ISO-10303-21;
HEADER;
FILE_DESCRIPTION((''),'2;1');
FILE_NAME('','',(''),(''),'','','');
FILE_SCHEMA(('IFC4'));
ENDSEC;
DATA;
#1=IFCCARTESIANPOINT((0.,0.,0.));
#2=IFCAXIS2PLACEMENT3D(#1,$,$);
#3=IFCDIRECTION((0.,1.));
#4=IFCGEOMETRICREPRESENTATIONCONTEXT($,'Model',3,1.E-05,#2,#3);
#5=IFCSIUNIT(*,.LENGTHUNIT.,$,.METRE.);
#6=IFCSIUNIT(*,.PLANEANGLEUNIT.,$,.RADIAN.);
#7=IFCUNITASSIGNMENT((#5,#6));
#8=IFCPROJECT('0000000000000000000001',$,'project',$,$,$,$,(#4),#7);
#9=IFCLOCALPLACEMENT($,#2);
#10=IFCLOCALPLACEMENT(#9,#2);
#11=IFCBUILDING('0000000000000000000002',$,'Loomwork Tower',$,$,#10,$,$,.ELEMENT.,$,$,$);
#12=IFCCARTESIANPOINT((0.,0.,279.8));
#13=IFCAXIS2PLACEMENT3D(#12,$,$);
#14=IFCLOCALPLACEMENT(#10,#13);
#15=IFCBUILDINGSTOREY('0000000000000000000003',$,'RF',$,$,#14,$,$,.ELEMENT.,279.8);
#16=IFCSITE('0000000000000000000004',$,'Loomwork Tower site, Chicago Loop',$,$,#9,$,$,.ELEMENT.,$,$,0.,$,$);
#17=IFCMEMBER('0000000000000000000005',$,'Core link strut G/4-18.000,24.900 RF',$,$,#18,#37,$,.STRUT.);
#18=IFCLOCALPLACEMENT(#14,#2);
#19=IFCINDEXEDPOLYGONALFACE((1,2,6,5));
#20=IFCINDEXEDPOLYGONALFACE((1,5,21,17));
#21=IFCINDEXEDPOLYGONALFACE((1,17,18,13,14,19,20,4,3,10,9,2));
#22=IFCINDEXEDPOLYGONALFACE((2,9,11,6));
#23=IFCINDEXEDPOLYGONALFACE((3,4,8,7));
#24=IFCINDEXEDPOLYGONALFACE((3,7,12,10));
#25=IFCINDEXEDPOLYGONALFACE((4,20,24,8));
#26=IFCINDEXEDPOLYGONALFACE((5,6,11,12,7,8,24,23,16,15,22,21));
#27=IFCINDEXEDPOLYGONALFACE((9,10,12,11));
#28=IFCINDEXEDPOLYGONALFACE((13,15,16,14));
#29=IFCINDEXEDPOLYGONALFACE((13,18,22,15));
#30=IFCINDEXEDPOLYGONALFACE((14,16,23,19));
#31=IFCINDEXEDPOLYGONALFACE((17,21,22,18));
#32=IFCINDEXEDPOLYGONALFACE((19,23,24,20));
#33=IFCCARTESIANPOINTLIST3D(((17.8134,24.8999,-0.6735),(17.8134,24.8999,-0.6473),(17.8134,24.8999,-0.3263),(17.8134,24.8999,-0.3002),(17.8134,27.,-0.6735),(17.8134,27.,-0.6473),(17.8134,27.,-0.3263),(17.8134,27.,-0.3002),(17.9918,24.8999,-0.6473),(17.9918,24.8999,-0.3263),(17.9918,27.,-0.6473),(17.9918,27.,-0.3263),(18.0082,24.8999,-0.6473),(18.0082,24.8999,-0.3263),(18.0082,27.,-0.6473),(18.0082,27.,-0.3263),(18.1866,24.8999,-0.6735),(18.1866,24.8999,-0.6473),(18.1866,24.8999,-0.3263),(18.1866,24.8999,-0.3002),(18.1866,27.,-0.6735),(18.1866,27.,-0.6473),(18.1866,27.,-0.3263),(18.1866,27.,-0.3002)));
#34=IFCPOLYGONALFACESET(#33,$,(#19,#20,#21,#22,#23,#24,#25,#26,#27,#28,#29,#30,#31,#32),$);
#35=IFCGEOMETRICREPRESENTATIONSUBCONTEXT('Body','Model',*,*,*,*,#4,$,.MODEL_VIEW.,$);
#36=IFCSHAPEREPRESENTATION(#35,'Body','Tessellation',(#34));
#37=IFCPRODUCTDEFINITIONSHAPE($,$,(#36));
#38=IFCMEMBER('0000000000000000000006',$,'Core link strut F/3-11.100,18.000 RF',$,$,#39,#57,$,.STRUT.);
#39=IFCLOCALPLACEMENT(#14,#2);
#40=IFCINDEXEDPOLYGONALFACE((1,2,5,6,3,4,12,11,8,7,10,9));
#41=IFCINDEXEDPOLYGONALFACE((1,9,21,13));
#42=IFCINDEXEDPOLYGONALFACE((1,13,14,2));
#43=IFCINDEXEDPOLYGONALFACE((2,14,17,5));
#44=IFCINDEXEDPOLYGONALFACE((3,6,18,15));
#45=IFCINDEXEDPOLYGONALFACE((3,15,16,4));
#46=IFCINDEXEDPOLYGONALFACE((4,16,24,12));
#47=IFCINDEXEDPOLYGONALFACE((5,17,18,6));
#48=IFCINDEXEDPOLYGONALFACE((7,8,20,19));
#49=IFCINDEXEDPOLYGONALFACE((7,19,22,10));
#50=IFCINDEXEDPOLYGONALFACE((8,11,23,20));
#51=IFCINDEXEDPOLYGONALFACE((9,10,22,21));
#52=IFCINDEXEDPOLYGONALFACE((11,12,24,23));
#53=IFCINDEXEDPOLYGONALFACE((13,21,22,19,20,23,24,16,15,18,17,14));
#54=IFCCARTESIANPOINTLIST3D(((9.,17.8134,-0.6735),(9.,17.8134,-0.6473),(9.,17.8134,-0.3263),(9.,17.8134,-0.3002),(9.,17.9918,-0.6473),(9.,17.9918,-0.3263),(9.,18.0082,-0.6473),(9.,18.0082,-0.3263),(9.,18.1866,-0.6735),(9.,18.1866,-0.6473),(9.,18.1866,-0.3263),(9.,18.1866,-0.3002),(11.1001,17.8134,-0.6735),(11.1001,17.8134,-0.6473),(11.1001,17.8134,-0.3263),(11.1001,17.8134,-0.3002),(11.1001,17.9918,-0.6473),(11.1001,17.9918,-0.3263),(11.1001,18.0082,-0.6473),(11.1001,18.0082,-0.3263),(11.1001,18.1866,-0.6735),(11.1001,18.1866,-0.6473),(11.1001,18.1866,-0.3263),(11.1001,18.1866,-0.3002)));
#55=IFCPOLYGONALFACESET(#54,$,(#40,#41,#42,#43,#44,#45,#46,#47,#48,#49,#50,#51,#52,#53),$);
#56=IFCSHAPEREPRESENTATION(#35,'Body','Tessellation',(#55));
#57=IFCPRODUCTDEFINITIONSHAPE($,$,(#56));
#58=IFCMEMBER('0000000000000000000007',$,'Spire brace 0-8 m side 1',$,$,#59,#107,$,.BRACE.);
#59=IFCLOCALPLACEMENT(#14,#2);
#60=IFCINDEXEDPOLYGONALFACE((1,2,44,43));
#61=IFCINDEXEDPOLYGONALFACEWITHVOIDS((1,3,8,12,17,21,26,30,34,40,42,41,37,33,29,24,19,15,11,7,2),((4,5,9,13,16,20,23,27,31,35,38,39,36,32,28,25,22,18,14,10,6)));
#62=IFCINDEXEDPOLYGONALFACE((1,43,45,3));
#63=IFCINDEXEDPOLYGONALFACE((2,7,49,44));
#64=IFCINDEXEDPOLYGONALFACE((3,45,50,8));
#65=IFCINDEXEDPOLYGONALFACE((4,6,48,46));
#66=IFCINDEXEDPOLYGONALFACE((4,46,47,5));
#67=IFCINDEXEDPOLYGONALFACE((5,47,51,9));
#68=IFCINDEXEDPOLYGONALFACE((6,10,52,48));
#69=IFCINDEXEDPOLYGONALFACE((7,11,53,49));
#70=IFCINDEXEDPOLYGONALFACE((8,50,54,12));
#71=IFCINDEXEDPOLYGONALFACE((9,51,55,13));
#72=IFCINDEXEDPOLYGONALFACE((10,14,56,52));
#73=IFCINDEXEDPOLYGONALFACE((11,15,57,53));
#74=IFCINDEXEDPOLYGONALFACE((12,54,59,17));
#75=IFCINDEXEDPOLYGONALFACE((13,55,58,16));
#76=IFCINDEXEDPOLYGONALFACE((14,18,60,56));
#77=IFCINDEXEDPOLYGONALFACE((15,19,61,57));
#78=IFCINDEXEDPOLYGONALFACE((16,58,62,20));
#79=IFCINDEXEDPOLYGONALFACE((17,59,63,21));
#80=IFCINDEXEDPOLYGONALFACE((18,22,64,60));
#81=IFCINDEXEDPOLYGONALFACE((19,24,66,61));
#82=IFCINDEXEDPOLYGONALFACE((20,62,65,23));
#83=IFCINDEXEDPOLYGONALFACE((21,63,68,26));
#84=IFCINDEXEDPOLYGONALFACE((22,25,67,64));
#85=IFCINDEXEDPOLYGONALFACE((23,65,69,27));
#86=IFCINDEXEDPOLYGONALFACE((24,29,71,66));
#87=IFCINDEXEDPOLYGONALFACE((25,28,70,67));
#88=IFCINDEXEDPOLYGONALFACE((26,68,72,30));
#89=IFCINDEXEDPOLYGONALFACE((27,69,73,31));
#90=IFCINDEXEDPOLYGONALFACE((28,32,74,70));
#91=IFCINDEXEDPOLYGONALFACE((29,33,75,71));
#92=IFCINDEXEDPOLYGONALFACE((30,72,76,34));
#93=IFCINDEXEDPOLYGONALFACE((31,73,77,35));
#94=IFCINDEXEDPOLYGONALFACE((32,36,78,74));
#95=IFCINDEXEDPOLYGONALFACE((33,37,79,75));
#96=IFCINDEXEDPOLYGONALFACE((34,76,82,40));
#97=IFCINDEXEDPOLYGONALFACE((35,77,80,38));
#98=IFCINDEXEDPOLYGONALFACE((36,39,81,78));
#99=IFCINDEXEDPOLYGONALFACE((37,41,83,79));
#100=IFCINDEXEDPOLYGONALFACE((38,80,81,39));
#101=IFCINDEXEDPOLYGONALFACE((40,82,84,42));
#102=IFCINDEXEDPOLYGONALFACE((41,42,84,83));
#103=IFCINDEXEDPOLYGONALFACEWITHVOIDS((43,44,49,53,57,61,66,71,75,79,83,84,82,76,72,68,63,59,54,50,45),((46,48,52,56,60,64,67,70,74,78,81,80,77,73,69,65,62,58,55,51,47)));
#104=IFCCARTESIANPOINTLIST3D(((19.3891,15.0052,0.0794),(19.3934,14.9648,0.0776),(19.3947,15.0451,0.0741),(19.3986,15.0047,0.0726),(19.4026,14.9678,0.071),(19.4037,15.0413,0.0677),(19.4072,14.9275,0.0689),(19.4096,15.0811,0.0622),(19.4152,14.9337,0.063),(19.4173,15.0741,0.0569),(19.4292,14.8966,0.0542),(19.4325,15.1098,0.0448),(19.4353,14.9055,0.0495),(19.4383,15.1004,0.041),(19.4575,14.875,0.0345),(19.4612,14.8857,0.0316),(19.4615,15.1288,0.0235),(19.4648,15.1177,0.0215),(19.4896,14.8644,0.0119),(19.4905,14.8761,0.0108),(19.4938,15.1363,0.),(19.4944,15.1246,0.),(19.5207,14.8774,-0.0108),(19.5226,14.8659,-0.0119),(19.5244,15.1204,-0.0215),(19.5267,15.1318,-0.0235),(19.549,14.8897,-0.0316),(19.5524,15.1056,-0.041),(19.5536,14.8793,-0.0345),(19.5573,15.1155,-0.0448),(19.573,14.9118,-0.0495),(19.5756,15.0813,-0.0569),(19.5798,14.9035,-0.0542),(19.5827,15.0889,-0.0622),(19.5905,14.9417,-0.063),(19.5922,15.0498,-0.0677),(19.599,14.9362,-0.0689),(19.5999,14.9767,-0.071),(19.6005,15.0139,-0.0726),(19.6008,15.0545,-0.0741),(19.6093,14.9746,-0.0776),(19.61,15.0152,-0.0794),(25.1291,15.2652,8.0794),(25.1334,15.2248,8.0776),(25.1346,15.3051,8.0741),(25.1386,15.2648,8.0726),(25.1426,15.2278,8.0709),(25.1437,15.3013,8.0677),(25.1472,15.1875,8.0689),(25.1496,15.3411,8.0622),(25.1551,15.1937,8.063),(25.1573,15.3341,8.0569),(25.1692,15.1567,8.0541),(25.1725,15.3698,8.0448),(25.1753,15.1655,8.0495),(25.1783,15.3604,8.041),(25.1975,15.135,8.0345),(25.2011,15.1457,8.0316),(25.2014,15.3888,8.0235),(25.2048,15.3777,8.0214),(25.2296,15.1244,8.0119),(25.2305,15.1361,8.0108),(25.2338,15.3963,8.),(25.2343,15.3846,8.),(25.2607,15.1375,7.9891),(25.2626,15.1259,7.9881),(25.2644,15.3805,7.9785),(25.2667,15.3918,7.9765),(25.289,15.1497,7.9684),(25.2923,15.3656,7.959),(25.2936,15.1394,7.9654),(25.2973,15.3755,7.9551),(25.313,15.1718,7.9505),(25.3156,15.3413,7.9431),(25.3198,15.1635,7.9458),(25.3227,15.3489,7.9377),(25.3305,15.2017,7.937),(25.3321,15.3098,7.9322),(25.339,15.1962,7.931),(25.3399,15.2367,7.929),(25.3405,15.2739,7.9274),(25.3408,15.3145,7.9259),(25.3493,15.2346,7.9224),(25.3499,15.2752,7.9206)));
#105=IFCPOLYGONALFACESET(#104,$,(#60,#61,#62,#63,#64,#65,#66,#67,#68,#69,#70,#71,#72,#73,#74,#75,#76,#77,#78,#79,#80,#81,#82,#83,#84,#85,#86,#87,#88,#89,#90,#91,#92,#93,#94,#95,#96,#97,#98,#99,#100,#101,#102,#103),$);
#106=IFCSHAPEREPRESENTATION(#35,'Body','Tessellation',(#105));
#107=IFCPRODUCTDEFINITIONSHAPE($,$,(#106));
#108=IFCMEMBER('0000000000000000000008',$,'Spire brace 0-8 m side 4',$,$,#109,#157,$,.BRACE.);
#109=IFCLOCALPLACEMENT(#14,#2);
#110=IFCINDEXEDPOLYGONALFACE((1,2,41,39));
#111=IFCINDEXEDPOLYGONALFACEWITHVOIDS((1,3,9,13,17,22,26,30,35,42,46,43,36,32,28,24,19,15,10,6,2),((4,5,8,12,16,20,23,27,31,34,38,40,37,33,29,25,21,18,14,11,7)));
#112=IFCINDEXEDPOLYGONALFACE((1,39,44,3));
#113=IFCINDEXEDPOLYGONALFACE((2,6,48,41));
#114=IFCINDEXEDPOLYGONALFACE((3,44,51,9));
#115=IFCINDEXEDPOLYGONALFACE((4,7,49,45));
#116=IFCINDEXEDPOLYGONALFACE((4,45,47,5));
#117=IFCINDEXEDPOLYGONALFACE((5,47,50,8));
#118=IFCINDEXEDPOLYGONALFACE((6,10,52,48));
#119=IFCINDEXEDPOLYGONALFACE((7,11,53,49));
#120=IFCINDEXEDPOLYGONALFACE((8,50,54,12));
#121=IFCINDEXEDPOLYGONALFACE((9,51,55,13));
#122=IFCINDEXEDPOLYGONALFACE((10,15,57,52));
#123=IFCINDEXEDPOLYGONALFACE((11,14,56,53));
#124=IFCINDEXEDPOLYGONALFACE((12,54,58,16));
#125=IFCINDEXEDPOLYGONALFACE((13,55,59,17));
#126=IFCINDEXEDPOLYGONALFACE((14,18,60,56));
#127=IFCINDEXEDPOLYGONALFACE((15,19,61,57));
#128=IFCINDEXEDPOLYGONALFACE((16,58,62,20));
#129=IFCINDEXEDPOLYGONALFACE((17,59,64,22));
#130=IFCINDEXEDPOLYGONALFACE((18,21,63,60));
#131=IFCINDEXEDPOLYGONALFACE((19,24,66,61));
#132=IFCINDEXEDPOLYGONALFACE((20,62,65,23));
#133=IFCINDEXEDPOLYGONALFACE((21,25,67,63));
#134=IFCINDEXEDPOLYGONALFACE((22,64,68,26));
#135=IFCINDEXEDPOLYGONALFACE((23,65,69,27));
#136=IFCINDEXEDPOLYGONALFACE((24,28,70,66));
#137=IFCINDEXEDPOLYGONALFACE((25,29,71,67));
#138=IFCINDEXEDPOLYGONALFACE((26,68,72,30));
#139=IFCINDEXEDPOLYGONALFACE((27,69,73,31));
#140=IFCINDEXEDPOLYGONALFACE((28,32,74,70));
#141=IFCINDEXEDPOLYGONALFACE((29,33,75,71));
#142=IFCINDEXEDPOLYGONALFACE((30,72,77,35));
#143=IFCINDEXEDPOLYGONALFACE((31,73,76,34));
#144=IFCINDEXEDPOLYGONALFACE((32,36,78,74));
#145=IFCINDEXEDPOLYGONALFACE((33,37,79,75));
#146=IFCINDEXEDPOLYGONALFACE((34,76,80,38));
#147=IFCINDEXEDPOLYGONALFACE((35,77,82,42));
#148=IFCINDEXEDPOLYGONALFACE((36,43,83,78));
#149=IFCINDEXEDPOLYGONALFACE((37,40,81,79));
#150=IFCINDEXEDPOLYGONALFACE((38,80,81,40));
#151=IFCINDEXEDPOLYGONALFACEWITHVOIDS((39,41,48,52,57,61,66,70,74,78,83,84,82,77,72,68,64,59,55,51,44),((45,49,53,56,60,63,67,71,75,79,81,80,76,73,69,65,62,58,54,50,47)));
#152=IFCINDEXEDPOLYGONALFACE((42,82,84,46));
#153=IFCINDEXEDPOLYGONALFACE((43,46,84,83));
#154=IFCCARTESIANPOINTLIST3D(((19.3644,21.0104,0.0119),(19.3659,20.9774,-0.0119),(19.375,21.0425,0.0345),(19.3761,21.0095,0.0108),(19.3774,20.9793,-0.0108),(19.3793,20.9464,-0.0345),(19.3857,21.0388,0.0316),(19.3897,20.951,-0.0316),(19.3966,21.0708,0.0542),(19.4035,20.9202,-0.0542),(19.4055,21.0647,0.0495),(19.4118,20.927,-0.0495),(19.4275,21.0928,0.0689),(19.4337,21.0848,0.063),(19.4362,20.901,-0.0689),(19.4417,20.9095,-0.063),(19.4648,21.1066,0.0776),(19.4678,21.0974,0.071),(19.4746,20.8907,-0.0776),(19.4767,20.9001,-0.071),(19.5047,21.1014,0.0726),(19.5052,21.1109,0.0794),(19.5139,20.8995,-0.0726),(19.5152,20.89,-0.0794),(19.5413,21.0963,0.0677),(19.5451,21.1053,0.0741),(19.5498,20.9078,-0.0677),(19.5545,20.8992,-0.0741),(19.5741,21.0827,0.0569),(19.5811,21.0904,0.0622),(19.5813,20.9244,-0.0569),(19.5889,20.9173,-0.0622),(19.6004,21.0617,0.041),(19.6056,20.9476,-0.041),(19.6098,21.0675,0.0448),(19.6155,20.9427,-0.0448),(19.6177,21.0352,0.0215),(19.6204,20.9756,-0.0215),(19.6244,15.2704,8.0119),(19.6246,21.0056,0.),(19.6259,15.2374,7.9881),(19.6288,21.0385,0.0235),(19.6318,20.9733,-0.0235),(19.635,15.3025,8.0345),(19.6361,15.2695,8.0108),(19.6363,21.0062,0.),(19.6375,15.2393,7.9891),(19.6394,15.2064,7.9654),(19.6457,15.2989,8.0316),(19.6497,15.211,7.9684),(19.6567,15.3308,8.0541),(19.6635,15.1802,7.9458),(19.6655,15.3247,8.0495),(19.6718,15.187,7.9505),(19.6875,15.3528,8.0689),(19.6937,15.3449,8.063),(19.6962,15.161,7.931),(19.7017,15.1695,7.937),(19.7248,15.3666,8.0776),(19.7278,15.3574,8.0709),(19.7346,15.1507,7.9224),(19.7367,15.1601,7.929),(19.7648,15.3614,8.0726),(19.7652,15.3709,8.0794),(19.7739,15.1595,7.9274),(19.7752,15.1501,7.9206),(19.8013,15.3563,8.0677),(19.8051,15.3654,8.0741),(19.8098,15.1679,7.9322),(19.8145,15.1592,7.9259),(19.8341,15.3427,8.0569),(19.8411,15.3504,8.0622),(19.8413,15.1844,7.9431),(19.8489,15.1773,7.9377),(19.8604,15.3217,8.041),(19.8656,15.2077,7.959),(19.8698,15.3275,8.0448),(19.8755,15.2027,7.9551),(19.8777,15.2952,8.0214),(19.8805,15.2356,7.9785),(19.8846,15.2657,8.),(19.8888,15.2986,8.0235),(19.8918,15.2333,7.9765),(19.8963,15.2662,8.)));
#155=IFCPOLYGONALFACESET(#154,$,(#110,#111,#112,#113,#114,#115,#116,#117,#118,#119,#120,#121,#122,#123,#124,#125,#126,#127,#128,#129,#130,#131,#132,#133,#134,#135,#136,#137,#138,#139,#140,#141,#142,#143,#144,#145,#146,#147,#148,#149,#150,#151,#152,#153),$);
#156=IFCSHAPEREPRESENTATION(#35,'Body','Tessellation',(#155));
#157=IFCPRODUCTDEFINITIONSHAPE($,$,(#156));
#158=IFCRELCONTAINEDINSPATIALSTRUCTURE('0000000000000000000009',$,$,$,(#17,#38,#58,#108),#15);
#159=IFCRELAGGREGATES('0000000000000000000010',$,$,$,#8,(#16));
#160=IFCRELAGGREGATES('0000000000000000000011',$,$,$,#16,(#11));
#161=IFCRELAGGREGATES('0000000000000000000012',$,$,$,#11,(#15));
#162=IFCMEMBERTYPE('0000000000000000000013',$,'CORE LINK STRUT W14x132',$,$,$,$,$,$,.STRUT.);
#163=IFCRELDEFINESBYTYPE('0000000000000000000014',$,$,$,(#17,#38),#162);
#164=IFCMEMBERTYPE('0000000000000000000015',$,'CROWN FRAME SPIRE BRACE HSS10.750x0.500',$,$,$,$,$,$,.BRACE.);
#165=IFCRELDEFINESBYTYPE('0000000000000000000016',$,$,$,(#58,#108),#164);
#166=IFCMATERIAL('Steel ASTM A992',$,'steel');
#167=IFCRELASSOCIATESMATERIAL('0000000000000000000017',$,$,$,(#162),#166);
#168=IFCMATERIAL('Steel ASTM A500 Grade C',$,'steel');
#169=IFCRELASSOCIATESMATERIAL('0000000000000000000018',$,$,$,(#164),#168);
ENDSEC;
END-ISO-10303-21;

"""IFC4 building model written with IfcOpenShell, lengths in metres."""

from ifc_helpers import new_model, si_unit, direction, frame, origin, origin_2d, place, context, subcontext, project, spatial, hollow_circle, i_section, extrude, material, material_profile, profile_set, type_object, element, save


model = new_model("IFC4")

# Units and contexts
model_context = context("Model", 3, precision=1e-05, world=origin(), true_north=direction((0.0, 1.0)))
body_context = subcontext(model_context, "Body", "Model", "MODEL_VIEW")
ifc_project = project(units=[si_unit("LENGTHUNIT", "METRE"), si_unit("PLANEANGLEUNIT", "RADIAN")], contexts=[model_context])

# Site, building, storey
site_placement = place(None, origin())
site = spatial("IfcSite", under=ifc_project, at=site_placement, Name="Loomwork Tower site, Chicago Loop", CompositionType="ELEMENT", RefElevation=0.0)
building_placement = place(site_placement, origin())
building = spatial("IfcBuilding", under=site, at=building_placement, Name="Loomwork Tower", CompositionType="ELEMENT")
storey_placement = place(building_placement, frame((0.0, 0.0, 279.8)))
storey = spatial("IfcBuildingStorey", under=building, at=storey_placement, Name="RF", CompositionType="ELEMENT", Elevation=279.8)

# Members
ifc_material_1 = material(Name="Steel ASTM A992", Category="steel")
ifc_material_profile_1 = material_profile(ifc_material_1, i_section(OverallWidth=0.3733, OverallDepth=0.3733, WebThickness=0.0164, FlangeThickness=0.0261, at=origin_2d()), Name="W14x132")
ifc_profile_set_1 = profile_set([ifc_material_profile_1], Name="Steel ASTM A992")
member_type_1 = type_object("IfcMemberType", Name="CORE LINK STRUT W14x132", PredefinedType="STRUT", material=ifc_profile_set_1)
for number, where, z_axis, x_axis, name in (
    (1, (18.0, 27.0, -0.4868), (0.0, -1.0, 0.0), (1.0, 0.0, 0.0), "Core link strut G/4-18.000,24.900 RF"),
    (2, (9.0, 18.0, -0.4868), (1.0, 0.0, 0.0), (0.0, 1.0, 0.0), "Core link strut F/3-11.100,18.000 RF"),
):
    element("IfcMember", number, at=place(storey_placement, frame(where, z_axis=z_axis, x_axis=x_axis)), inside=storey, type_object=member_type_1, Name=name, PredefinedType="STRUT", context=body_context, shape_type="SweptSolid", body=[
        extrude(i_section(OverallWidth=0.3733, OverallDepth=0.3733, WebThickness=0.0164, FlangeThickness=0.0261, at=origin_2d()), origin(), (0.0, 0.0, 1.0), 2.1001),
    ])
ifc_material_2 = material(Name="Steel ASTM A500 Grade C", Category="steel")
ifc_material_profile_2 = material_profile(ifc_material_2, hollow_circle(Radius=0.1365, WallThickness=0.0117, at=origin_2d()), Name="HSS10.750x0.500")
ifc_profile_set_2 = profile_set([ifc_material_profile_2], Name="Steel ASTM A500 Grade C")
member_type_2 = type_object("IfcMemberType", Name="CROWN FRAME SPIRE BRACE HSS10.750x0.500", PredefinedType="BRACE", material=ifc_profile_set_2)
for number, where, z_axis, x_axis, name in (
    (3, (19.5, 15.0, 0.0), (0.582762, 0.026398, 0.812214), (-0.045252, 0.998976, 0.0), "Spire brace 0-8 m side 1"),
    (4, (19.5, 21.0, 0.0), (0.026398, -0.582762, 0.812214), (0.998976, 0.045252, 0.0), "Spire brace 0-8 m side 4"),
):
    element("IfcMember", number, at=place(storey_placement, frame(where, z_axis=z_axis, x_axis=x_axis)), inside=storey, type_object=member_type_2, Name=name, PredefinedType="BRACE", context=body_context, shape_type="SweptSolid", body=[
        extrude(hollow_circle(Radius=0.1365, WallThickness=0.0117, at=origin_2d()), origin(), (0.0, 0.0, 1.0), 9.8496),
    ])

save(model, "model.ifc")
